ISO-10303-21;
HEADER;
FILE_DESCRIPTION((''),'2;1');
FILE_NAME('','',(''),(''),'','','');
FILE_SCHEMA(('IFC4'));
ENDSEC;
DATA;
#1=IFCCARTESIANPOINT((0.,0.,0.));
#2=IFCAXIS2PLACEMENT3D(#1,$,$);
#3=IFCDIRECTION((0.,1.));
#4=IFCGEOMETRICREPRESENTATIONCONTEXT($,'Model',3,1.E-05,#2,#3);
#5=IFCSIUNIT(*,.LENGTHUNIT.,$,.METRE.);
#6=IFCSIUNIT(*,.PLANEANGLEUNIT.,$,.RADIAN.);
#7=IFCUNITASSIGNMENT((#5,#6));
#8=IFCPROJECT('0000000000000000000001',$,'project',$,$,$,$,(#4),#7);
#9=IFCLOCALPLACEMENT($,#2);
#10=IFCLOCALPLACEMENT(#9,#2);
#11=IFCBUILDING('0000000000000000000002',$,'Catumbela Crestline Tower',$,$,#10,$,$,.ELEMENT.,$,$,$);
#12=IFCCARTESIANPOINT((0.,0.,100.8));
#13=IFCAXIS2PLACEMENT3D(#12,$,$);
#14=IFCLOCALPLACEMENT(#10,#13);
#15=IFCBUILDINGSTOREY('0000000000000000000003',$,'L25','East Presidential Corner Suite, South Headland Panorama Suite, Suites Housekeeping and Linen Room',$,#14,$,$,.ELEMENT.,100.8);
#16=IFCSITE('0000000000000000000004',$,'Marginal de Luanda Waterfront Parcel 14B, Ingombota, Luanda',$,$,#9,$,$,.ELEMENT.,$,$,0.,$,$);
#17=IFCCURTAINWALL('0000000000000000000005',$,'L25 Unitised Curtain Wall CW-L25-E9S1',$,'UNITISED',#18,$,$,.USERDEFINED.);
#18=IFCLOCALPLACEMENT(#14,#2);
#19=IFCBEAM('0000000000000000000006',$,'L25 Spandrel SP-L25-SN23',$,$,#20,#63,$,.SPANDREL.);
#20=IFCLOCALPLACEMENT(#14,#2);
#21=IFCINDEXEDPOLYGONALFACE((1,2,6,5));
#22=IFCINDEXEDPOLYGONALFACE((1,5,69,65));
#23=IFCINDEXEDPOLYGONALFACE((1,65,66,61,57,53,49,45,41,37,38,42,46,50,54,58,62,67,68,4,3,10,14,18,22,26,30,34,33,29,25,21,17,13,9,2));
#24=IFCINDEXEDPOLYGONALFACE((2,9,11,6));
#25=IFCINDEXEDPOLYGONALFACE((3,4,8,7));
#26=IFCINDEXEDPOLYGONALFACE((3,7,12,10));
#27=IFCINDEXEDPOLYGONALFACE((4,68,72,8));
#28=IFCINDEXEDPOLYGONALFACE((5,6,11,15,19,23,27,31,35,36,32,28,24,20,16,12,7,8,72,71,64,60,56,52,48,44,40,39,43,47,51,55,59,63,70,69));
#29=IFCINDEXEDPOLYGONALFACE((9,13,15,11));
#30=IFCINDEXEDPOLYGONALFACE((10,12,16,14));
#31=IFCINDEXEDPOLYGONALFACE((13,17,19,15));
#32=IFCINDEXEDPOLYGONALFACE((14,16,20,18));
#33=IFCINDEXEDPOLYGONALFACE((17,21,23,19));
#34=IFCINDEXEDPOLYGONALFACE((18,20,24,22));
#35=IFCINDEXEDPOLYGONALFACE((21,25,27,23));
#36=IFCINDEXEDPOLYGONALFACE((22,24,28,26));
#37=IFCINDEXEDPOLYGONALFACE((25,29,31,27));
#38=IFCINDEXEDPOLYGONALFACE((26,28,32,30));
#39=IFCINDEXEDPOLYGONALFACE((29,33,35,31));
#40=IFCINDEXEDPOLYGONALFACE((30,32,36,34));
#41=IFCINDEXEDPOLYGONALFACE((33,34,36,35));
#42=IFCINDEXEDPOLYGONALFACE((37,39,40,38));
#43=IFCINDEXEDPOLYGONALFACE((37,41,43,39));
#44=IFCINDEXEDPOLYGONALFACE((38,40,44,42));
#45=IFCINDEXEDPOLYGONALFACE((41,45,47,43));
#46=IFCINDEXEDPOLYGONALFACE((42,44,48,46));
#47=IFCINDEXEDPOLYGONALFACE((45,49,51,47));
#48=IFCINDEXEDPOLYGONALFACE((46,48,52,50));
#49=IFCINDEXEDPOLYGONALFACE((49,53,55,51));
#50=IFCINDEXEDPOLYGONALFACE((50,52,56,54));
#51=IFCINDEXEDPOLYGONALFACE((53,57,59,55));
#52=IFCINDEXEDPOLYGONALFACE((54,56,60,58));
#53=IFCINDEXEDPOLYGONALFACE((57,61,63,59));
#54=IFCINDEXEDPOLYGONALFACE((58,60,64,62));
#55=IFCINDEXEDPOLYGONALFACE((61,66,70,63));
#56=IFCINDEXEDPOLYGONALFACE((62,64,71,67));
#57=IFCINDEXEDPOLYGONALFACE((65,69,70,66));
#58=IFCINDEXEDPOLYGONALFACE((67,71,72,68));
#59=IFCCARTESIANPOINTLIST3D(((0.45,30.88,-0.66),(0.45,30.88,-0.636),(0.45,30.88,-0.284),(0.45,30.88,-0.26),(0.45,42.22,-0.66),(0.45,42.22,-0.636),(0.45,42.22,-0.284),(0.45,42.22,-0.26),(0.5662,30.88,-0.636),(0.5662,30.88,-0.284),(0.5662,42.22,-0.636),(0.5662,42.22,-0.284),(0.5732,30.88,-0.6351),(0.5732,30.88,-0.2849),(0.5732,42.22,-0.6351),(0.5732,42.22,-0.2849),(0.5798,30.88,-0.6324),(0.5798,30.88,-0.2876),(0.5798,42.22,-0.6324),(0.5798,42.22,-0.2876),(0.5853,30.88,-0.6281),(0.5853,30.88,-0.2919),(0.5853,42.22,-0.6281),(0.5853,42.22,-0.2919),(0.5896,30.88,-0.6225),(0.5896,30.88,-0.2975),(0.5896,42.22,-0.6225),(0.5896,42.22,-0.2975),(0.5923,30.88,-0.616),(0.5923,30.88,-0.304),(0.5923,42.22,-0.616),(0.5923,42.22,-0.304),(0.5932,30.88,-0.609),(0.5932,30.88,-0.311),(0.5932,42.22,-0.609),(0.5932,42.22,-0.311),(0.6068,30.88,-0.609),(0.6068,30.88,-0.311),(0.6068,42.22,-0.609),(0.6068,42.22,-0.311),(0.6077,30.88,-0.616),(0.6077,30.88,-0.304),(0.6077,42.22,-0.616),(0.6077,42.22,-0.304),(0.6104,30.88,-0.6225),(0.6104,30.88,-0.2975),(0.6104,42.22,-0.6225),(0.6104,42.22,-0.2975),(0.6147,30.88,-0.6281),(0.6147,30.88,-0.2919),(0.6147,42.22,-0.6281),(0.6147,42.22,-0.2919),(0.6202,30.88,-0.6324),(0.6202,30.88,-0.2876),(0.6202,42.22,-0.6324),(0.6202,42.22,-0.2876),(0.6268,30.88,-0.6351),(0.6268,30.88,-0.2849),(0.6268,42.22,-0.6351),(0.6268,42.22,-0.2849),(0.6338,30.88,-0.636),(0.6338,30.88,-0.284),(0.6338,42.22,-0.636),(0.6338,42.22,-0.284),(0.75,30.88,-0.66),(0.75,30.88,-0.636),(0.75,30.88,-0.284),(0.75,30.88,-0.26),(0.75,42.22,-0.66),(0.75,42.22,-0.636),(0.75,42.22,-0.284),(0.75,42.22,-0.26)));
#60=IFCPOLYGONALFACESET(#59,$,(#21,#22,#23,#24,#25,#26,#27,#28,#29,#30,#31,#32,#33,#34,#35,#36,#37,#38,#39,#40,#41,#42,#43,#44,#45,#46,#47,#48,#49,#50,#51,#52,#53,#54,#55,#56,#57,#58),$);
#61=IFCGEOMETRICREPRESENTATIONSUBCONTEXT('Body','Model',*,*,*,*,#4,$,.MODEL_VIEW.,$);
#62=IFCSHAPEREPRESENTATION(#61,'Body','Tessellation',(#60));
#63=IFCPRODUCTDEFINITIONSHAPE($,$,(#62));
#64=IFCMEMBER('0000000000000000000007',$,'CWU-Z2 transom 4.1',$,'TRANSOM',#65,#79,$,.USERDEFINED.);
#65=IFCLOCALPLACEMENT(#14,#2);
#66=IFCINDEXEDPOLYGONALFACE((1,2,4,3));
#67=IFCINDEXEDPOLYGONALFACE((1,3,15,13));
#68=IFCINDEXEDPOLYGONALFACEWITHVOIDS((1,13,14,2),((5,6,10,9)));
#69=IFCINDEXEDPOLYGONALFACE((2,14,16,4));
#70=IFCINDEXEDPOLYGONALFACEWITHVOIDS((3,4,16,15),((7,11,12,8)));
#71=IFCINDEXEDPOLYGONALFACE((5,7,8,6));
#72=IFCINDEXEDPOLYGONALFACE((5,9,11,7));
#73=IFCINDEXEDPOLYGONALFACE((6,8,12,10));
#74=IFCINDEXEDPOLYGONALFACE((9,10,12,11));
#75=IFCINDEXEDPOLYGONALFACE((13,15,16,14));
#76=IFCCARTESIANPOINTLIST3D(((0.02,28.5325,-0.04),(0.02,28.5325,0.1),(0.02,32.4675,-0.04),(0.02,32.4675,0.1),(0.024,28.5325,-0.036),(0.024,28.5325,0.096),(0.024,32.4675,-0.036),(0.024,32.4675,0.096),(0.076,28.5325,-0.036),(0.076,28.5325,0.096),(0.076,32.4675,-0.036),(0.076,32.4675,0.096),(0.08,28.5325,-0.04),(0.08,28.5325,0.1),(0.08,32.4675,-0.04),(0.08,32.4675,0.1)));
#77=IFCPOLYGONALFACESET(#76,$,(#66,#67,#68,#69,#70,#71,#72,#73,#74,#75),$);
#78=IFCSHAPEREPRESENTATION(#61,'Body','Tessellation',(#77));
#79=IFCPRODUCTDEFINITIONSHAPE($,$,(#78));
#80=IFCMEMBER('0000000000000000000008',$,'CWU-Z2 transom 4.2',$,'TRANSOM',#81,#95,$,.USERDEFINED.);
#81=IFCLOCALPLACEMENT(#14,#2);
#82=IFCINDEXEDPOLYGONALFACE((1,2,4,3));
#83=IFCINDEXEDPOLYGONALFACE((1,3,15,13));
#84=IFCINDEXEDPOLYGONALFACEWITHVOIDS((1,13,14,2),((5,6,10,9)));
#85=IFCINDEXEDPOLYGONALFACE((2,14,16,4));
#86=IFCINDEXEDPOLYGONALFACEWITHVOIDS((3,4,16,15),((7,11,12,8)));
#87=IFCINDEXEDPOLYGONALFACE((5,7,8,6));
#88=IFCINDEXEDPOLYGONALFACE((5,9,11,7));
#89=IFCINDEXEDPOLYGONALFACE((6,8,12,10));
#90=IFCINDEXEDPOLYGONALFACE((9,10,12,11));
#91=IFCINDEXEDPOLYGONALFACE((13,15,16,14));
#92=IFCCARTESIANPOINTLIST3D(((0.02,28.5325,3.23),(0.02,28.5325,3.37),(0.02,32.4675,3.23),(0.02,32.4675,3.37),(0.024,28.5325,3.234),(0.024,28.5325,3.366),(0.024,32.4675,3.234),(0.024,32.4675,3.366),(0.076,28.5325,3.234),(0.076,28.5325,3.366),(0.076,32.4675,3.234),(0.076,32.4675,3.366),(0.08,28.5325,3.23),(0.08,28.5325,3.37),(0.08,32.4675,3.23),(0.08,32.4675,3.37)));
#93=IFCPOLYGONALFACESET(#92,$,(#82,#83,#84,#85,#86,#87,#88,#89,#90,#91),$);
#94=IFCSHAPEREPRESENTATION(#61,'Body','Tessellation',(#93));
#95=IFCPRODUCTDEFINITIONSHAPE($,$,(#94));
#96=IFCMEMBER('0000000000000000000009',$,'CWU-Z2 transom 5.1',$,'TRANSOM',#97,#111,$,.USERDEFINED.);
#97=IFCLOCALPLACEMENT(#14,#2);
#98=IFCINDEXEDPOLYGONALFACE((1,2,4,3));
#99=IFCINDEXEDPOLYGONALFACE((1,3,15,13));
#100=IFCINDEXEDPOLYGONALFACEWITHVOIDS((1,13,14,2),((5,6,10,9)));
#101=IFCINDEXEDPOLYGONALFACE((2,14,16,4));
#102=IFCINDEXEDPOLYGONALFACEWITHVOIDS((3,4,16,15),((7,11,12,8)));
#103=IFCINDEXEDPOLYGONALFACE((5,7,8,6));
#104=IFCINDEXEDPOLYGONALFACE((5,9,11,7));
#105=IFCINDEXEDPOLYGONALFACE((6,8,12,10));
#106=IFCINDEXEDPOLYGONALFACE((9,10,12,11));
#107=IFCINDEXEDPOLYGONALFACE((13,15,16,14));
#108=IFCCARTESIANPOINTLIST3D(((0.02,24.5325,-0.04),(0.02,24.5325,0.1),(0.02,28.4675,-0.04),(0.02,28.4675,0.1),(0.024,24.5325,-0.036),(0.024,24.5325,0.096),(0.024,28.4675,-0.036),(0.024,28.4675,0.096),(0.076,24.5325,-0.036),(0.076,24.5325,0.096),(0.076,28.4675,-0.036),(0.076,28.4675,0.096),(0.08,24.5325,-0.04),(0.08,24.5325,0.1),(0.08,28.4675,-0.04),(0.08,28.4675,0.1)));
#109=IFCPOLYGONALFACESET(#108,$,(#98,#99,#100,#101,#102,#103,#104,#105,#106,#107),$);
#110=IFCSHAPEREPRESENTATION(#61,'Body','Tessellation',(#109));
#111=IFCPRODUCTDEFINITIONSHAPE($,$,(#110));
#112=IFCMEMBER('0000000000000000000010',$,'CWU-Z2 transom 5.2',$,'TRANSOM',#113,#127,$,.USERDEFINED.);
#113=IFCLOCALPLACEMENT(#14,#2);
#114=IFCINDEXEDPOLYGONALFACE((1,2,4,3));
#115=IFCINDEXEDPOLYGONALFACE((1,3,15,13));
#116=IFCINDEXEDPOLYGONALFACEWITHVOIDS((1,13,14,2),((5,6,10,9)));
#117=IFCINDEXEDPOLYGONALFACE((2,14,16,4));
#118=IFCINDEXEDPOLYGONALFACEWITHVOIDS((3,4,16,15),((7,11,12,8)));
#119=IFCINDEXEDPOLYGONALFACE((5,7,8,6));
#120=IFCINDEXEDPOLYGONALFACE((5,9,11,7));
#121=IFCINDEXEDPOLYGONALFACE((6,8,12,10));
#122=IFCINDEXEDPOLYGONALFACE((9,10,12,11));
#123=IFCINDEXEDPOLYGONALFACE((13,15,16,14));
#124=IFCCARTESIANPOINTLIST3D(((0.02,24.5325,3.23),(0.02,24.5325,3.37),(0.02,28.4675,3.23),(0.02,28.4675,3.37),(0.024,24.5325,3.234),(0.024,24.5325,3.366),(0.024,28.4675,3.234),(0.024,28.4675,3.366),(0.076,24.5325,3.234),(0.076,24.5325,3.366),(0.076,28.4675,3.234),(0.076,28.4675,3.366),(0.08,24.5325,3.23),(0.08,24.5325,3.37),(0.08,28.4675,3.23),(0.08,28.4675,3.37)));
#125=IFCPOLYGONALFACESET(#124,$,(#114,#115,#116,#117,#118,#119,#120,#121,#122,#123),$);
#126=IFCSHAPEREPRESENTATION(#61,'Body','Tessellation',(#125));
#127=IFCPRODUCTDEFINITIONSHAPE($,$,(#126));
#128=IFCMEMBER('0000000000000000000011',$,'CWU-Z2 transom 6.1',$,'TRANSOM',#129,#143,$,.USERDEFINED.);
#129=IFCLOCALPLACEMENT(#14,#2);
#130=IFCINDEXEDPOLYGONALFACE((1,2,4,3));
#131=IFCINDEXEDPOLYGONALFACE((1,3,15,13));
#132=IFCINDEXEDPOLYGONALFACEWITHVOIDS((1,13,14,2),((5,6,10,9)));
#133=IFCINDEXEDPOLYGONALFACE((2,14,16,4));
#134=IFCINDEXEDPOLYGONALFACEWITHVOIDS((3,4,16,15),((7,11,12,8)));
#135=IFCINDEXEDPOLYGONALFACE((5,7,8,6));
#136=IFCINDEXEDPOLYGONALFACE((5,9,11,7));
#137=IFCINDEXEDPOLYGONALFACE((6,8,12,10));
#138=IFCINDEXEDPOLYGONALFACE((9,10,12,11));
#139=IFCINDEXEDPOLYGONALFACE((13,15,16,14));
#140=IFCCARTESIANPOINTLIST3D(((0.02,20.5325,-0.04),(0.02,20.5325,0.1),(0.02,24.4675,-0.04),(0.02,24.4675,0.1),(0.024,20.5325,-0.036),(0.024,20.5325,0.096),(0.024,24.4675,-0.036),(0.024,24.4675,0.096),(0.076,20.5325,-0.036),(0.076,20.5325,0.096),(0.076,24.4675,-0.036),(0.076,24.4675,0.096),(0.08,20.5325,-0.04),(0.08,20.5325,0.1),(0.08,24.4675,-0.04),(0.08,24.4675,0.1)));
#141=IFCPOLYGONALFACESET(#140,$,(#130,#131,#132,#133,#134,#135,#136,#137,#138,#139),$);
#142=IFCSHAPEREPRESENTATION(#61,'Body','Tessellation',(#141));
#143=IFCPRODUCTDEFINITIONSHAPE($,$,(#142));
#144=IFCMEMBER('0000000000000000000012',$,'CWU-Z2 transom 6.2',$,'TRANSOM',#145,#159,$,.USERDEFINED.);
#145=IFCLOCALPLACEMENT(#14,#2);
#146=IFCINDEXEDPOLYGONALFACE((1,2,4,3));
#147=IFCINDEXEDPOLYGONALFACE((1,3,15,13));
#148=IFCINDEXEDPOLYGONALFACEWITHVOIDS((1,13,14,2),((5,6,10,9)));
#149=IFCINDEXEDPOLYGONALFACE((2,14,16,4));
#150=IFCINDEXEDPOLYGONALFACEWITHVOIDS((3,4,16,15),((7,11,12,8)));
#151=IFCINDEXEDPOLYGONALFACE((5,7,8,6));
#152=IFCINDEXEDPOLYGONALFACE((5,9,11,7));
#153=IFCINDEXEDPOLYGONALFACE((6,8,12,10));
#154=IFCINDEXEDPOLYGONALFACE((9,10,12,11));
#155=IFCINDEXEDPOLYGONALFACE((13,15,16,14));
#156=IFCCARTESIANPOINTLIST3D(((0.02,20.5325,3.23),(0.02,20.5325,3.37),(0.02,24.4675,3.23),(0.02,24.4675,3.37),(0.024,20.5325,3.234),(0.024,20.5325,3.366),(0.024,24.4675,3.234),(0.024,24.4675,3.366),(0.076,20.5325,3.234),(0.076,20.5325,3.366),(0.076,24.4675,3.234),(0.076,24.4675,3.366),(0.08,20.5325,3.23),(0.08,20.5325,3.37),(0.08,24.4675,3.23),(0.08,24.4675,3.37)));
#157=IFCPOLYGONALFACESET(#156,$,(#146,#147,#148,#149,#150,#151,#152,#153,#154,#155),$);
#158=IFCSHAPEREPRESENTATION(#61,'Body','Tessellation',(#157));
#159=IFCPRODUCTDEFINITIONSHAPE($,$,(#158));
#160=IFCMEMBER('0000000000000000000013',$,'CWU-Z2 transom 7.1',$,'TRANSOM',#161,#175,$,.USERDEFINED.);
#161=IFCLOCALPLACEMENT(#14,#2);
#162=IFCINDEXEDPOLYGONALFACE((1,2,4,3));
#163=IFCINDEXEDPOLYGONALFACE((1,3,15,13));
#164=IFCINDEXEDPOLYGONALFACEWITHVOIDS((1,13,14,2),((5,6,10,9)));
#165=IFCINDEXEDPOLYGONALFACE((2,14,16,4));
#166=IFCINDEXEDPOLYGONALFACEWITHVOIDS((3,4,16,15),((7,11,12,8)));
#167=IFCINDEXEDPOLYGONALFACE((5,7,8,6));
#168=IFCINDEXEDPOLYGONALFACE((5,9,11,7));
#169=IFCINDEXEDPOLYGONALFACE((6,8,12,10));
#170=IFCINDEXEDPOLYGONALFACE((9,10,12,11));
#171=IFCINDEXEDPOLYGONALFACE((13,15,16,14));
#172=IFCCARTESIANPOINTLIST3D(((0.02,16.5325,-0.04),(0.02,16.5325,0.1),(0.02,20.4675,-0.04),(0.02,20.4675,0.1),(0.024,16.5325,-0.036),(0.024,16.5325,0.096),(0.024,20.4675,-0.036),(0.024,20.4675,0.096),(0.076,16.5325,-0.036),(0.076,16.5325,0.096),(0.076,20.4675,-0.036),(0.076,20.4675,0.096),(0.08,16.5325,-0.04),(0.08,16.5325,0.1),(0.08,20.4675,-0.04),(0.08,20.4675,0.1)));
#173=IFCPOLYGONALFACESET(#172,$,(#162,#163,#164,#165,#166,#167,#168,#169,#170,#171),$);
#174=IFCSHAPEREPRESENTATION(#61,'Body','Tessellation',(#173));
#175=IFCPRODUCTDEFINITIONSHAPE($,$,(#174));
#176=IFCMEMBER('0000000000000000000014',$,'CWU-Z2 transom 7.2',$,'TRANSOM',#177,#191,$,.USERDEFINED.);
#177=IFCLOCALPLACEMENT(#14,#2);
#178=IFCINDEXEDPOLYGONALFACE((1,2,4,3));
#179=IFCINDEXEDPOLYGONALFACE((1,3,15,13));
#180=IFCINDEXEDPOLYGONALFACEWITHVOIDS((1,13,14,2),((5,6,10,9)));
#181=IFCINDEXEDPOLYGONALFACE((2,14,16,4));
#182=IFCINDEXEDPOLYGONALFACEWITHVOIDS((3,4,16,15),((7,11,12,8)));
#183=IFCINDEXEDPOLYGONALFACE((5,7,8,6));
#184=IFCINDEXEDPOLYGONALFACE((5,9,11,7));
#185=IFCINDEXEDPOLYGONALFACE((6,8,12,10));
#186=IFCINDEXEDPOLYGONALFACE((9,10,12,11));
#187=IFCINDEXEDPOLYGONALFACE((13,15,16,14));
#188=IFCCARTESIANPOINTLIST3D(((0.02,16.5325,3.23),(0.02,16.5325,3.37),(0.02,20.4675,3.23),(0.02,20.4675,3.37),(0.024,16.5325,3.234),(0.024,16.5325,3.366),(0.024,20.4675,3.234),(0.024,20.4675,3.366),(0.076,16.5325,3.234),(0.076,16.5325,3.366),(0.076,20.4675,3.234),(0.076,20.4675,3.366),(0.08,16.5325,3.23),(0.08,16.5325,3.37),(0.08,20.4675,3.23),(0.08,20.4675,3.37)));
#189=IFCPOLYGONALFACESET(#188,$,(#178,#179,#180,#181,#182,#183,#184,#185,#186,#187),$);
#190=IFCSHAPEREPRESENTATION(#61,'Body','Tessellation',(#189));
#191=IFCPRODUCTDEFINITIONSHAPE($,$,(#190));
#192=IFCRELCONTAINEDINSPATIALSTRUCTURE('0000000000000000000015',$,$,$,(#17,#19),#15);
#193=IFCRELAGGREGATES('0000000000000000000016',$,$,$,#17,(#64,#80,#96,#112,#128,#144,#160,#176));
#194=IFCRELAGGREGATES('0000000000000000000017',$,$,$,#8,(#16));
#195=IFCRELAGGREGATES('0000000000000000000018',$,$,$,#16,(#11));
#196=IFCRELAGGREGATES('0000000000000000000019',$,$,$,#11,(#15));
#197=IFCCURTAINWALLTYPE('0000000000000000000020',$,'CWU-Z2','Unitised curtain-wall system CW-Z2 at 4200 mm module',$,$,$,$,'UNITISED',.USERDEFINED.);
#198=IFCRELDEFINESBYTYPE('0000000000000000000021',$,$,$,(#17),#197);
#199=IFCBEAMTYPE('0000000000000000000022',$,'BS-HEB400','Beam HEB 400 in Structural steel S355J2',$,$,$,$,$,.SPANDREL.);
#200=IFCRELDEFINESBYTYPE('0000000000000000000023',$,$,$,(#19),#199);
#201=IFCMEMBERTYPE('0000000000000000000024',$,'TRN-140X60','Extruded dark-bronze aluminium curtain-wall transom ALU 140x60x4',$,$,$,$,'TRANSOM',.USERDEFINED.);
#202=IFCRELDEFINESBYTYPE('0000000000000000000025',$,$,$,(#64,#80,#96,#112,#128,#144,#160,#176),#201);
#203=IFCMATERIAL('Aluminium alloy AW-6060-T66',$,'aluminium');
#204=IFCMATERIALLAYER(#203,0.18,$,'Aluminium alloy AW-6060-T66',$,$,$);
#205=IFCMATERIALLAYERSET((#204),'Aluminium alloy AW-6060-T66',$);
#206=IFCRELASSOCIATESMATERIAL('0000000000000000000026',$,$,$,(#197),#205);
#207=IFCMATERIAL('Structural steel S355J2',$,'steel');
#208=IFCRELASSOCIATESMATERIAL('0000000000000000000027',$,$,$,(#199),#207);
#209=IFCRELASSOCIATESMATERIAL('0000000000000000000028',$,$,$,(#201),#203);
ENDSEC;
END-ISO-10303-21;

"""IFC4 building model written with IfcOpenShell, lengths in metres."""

from ifc_helpers import new_model, si_unit, direction, frame, origin, origin_2d, place, context, subcontext, project, spatial, hollow_rectangle, i_section, extrude, material, layer, layer_set, material_profile, profile_set, type_object, element, aggregate, save


model = new_model("IFC4")

# Units and contexts
model_context = context("Model", 3, precision=1e-05, world=origin(), true_north=direction((0.0, 1.0)))
body_context = subcontext(model_context, "Body", "Model", "MODEL_VIEW")
ifc_project = project(units=[si_unit("LENGTHUNIT", "METRE"), si_unit("PLANEANGLEUNIT", "RADIAN")], contexts=[model_context])

# Site, building, storey
site_placement = place(None, origin())
site = spatial("IfcSite", under=ifc_project, at=site_placement, Name="Marginal de Luanda Waterfront Parcel 14B, Ingombota, Luanda", CompositionType="ELEMENT", RefElevation=0.0)
building_placement = place(site_placement, origin())
building = spatial("IfcBuilding", under=site, at=building_placement, Name="Catumbela Crestline Tower", CompositionType="ELEMENT")
storey_placement = place(building_placement, frame((0.0, 0.0, 100.8)))
storey = spatial("IfcBuildingStorey", under=building, at=storey_placement, Name="L25", Description="East Presidential Corner Suite, South Headland Panorama Suite, Suites Housekeeping and Linen Room", CompositionType="ELEMENT", Elevation=100.8)

# Shared definitions
ifc_material_1 = material(Name="Structural steel S355J2", Category="steel")

# Curtain wall
ifc_material_2 = material(Name="Aluminium alloy AW-6060-T66", Category="aluminium")
ifc_layer_1 = layer(ifc_material_2, 0.18, Name="Aluminium alloy AW-6060-T66")
ifc_layer_set_1 = layer_set([ifc_layer_1], Name="Aluminium alloy AW-6060-T66")
curtain_wall_type = type_object("IfcCurtainWallType", Name="CWU-Z2", Description="Unitised curtain-wall system CW-Z2 at 4200 mm module", ElementType="UNITISED", PredefinedType="USERDEFINED", material=ifc_layer_set_1)
curtain_wall_placement = place(storey_placement, origin())
curtain_wall = element("IfcCurtainWall", 1, at=curtain_wall_placement, inside=storey, type_object=curtain_wall_type, Name="L25 Unitised Curtain Wall CW-L25-E9S1", ObjectType="UNITISED", PredefinedType="USERDEFINED")

# Beam
ifc_material_profile_1 = material_profile(ifc_material_1, i_section(OverallWidth=0.3, OverallDepth=0.4, WebThickness=0.0135, FlangeThickness=0.024, FilletRadius=0.027, at=origin_2d()), Name="HEB 400")
ifc_profile_set_1 = profile_set([ifc_material_profile_1], Name="Structural steel S355J2")
beam_type_1 = type_object("IfcBeamType", Name="BS-HEB400", Description="Beam HEB 400 in Structural steel S355J2", PredefinedType="SPANDREL", material=ifc_profile_set_1)
beam_1_placement = place(storey_placement, frame((0.6, 30.88, -0.46), z_axis=(0.0, 1.0, 0.0), x_axis=(-1.0, 0.0, 0.0)))
element("IfcBeam", 2, at=beam_1_placement, inside=storey, type_object=beam_type_1, Name="L25 Spandrel SP-L25-SN23", PredefinedType="SPANDREL", context=body_context, shape_type="SweptSolid", body=[
    extrude(i_section(OverallWidth=0.3, OverallDepth=0.4, WebThickness=0.0135, FlangeThickness=0.024, FilletRadius=0.027, at=origin_2d()), origin(), (0.0, 0.0, 1.0), 11.34),
])

# Members
ifc_material_profile_2 = material_profile(ifc_material_2, hollow_rectangle(XDim=0.06, YDim=0.14, WallThickness=0.004, at=origin_2d()), Name="ALU 140x60x4")
ifc_profile_set_2 = profile_set([ifc_material_profile_2], Name="Aluminium alloy AW-6060-T66")
member_type_1 = type_object("IfcMemberType", Name="TRN-140X60", Description="Extruded dark-bronze aluminium curtain-wall transom ALU 140x60x4", ElementType="TRANSOM", PredefinedType="USERDEFINED", material=ifc_profile_set_2)
member_1_placement = place(storey_placement, frame((0.05, 32.4675, 0.03), z_axis=(0.0, -1.0, 0.0), x_axis=(1.0, 0.0, 0.0)))
member_1 = element("IfcMember", 3, at=member_1_placement, type_object=member_type_1, Name="CWU-Z2 transom 4.1", ObjectType="TRANSOM", PredefinedType="USERDEFINED", context=body_context, shape_type="SweptSolid", body=[
    extrude(hollow_rectangle(XDim=0.06, YDim=0.14, WallThickness=0.004, at=origin_2d()), origin(), (0.0, 0.0, 1.0), 3.935),
])
member_2_placement = place(storey_placement, frame((0.05, 32.4675, 3.3), z_axis=(0.0, -1.0, 0.0), x_axis=(1.0, 0.0, 0.0)))
member_2 = element("IfcMember", 4, at=member_2_placement, type_object=member_type_1, Name="CWU-Z2 transom 4.2", ObjectType="TRANSOM", PredefinedType="USERDEFINED", context=body_context, shape_type="SweptSolid", body=[
    extrude(hollow_rectangle(XDim=0.06, YDim=0.14, WallThickness=0.004, at=origin_2d()), origin(), (0.0, 0.0, 1.0), 3.935),
])
member_3_placement = place(storey_placement, frame((0.05, 28.4675, 0.03), z_axis=(0.0, -1.0, 0.0), x_axis=(1.0, 0.0, 0.0)))
member_3 = element("IfcMember", 5, at=member_3_placement, type_object=member_type_1, Name="CWU-Z2 transom 5.1", ObjectType="TRANSOM", PredefinedType="USERDEFINED", context=body_context, shape_type="SweptSolid", body=[
    extrude(hollow_rectangle(XDim=0.06, YDim=0.14, WallThickness=0.004, at=origin_2d()), origin(), (0.0, 0.0, 1.0), 3.935),
])
member_4_placement = place(storey_placement, frame((0.05, 28.4675, 3.3), z_axis=(0.0, -1.0, 0.0), x_axis=(1.0, 0.0, 0.0)))
member_4 = element("IfcMember", 6, at=member_4_placement, type_object=member_type_1, Name="CWU-Z2 transom 5.2", ObjectType="TRANSOM", PredefinedType="USERDEFINED", context=body_context, shape_type="SweptSolid", body=[
    extrude(hollow_rectangle(XDim=0.06, YDim=0.14, WallThickness=0.004, at=origin_2d()), origin(), (0.0, 0.0, 1.0), 3.935),
])
member_5_placement = place(storey_placement, frame((0.05, 24.4675, 0.03), z_axis=(0.0, -1.0, 0.0), x_axis=(1.0, 0.0, 0.0)))
member_5 = element("IfcMember", 7, at=member_5_placement, type_object=member_type_1, Name="CWU-Z2 transom 6.1", ObjectType="TRANSOM", PredefinedType="USERDEFINED", context=body_context, shape_type="SweptSolid", body=[
    extrude(hollow_rectangle(XDim=0.06, YDim=0.14, WallThickness=0.004, at=origin_2d()), origin(), (0.0, 0.0, 1.0), 3.935),
])
member_6_placement = place(storey_placement, frame((0.05, 24.4675, 3.3), z_axis=(0.0, -1.0, 0.0), x_axis=(1.0, 0.0, 0.0)))
member_6 = element("IfcMember", 8, at=member_6_placement, type_object=member_type_1, Name="CWU-Z2 transom 6.2", ObjectType="TRANSOM", PredefinedType="USERDEFINED", context=body_context, shape_type="SweptSolid", body=[
    extrude(hollow_rectangle(XDim=0.06, YDim=0.14, WallThickness=0.004, at=origin_2d()), origin(), (0.0, 0.0, 1.0), 3.935),
])
member_7_placement = place(storey_placement, frame((0.05, 20.4675, 0.03), z_axis=(0.0, -1.0, 0.0), x_axis=(1.0, 0.0, 0.0)))
member_7 = element("IfcMember", 9, at=member_7_placement, type_object=member_type_1, Name="CWU-Z2 transom 7.1", ObjectType="TRANSOM", PredefinedType="USERDEFINED", context=body_context, shape_type="SweptSolid", body=[
    extrude(hollow_rectangle(XDim=0.06, YDim=0.14, WallThickness=0.004, at=origin_2d()), origin(), (0.0, 0.0, 1.0), 3.935),
])
member_8_placement = place(storey_placement, frame((0.05, 20.4675, 3.3), z_axis=(0.0, -1.0, 0.0), x_axis=(1.0, 0.0, 0.0)))
member_8 = element("IfcMember", 10, at=member_8_placement, type_object=member_type_1, Name="CWU-Z2 transom 7.2", ObjectType="TRANSOM", PredefinedType="USERDEFINED", context=body_context, shape_type="SweptSolid", body=[
    extrude(hollow_rectangle(XDim=0.06, YDim=0.14, WallThickness=0.004, at=origin_2d()), origin(), (0.0, 0.0, 1.0), 3.935),
])

aggregate(curtain_wall, [member_1, member_2, member_3, member_4, member_5, member_6, member_7, member_8])

save(model, "model.ifc")
